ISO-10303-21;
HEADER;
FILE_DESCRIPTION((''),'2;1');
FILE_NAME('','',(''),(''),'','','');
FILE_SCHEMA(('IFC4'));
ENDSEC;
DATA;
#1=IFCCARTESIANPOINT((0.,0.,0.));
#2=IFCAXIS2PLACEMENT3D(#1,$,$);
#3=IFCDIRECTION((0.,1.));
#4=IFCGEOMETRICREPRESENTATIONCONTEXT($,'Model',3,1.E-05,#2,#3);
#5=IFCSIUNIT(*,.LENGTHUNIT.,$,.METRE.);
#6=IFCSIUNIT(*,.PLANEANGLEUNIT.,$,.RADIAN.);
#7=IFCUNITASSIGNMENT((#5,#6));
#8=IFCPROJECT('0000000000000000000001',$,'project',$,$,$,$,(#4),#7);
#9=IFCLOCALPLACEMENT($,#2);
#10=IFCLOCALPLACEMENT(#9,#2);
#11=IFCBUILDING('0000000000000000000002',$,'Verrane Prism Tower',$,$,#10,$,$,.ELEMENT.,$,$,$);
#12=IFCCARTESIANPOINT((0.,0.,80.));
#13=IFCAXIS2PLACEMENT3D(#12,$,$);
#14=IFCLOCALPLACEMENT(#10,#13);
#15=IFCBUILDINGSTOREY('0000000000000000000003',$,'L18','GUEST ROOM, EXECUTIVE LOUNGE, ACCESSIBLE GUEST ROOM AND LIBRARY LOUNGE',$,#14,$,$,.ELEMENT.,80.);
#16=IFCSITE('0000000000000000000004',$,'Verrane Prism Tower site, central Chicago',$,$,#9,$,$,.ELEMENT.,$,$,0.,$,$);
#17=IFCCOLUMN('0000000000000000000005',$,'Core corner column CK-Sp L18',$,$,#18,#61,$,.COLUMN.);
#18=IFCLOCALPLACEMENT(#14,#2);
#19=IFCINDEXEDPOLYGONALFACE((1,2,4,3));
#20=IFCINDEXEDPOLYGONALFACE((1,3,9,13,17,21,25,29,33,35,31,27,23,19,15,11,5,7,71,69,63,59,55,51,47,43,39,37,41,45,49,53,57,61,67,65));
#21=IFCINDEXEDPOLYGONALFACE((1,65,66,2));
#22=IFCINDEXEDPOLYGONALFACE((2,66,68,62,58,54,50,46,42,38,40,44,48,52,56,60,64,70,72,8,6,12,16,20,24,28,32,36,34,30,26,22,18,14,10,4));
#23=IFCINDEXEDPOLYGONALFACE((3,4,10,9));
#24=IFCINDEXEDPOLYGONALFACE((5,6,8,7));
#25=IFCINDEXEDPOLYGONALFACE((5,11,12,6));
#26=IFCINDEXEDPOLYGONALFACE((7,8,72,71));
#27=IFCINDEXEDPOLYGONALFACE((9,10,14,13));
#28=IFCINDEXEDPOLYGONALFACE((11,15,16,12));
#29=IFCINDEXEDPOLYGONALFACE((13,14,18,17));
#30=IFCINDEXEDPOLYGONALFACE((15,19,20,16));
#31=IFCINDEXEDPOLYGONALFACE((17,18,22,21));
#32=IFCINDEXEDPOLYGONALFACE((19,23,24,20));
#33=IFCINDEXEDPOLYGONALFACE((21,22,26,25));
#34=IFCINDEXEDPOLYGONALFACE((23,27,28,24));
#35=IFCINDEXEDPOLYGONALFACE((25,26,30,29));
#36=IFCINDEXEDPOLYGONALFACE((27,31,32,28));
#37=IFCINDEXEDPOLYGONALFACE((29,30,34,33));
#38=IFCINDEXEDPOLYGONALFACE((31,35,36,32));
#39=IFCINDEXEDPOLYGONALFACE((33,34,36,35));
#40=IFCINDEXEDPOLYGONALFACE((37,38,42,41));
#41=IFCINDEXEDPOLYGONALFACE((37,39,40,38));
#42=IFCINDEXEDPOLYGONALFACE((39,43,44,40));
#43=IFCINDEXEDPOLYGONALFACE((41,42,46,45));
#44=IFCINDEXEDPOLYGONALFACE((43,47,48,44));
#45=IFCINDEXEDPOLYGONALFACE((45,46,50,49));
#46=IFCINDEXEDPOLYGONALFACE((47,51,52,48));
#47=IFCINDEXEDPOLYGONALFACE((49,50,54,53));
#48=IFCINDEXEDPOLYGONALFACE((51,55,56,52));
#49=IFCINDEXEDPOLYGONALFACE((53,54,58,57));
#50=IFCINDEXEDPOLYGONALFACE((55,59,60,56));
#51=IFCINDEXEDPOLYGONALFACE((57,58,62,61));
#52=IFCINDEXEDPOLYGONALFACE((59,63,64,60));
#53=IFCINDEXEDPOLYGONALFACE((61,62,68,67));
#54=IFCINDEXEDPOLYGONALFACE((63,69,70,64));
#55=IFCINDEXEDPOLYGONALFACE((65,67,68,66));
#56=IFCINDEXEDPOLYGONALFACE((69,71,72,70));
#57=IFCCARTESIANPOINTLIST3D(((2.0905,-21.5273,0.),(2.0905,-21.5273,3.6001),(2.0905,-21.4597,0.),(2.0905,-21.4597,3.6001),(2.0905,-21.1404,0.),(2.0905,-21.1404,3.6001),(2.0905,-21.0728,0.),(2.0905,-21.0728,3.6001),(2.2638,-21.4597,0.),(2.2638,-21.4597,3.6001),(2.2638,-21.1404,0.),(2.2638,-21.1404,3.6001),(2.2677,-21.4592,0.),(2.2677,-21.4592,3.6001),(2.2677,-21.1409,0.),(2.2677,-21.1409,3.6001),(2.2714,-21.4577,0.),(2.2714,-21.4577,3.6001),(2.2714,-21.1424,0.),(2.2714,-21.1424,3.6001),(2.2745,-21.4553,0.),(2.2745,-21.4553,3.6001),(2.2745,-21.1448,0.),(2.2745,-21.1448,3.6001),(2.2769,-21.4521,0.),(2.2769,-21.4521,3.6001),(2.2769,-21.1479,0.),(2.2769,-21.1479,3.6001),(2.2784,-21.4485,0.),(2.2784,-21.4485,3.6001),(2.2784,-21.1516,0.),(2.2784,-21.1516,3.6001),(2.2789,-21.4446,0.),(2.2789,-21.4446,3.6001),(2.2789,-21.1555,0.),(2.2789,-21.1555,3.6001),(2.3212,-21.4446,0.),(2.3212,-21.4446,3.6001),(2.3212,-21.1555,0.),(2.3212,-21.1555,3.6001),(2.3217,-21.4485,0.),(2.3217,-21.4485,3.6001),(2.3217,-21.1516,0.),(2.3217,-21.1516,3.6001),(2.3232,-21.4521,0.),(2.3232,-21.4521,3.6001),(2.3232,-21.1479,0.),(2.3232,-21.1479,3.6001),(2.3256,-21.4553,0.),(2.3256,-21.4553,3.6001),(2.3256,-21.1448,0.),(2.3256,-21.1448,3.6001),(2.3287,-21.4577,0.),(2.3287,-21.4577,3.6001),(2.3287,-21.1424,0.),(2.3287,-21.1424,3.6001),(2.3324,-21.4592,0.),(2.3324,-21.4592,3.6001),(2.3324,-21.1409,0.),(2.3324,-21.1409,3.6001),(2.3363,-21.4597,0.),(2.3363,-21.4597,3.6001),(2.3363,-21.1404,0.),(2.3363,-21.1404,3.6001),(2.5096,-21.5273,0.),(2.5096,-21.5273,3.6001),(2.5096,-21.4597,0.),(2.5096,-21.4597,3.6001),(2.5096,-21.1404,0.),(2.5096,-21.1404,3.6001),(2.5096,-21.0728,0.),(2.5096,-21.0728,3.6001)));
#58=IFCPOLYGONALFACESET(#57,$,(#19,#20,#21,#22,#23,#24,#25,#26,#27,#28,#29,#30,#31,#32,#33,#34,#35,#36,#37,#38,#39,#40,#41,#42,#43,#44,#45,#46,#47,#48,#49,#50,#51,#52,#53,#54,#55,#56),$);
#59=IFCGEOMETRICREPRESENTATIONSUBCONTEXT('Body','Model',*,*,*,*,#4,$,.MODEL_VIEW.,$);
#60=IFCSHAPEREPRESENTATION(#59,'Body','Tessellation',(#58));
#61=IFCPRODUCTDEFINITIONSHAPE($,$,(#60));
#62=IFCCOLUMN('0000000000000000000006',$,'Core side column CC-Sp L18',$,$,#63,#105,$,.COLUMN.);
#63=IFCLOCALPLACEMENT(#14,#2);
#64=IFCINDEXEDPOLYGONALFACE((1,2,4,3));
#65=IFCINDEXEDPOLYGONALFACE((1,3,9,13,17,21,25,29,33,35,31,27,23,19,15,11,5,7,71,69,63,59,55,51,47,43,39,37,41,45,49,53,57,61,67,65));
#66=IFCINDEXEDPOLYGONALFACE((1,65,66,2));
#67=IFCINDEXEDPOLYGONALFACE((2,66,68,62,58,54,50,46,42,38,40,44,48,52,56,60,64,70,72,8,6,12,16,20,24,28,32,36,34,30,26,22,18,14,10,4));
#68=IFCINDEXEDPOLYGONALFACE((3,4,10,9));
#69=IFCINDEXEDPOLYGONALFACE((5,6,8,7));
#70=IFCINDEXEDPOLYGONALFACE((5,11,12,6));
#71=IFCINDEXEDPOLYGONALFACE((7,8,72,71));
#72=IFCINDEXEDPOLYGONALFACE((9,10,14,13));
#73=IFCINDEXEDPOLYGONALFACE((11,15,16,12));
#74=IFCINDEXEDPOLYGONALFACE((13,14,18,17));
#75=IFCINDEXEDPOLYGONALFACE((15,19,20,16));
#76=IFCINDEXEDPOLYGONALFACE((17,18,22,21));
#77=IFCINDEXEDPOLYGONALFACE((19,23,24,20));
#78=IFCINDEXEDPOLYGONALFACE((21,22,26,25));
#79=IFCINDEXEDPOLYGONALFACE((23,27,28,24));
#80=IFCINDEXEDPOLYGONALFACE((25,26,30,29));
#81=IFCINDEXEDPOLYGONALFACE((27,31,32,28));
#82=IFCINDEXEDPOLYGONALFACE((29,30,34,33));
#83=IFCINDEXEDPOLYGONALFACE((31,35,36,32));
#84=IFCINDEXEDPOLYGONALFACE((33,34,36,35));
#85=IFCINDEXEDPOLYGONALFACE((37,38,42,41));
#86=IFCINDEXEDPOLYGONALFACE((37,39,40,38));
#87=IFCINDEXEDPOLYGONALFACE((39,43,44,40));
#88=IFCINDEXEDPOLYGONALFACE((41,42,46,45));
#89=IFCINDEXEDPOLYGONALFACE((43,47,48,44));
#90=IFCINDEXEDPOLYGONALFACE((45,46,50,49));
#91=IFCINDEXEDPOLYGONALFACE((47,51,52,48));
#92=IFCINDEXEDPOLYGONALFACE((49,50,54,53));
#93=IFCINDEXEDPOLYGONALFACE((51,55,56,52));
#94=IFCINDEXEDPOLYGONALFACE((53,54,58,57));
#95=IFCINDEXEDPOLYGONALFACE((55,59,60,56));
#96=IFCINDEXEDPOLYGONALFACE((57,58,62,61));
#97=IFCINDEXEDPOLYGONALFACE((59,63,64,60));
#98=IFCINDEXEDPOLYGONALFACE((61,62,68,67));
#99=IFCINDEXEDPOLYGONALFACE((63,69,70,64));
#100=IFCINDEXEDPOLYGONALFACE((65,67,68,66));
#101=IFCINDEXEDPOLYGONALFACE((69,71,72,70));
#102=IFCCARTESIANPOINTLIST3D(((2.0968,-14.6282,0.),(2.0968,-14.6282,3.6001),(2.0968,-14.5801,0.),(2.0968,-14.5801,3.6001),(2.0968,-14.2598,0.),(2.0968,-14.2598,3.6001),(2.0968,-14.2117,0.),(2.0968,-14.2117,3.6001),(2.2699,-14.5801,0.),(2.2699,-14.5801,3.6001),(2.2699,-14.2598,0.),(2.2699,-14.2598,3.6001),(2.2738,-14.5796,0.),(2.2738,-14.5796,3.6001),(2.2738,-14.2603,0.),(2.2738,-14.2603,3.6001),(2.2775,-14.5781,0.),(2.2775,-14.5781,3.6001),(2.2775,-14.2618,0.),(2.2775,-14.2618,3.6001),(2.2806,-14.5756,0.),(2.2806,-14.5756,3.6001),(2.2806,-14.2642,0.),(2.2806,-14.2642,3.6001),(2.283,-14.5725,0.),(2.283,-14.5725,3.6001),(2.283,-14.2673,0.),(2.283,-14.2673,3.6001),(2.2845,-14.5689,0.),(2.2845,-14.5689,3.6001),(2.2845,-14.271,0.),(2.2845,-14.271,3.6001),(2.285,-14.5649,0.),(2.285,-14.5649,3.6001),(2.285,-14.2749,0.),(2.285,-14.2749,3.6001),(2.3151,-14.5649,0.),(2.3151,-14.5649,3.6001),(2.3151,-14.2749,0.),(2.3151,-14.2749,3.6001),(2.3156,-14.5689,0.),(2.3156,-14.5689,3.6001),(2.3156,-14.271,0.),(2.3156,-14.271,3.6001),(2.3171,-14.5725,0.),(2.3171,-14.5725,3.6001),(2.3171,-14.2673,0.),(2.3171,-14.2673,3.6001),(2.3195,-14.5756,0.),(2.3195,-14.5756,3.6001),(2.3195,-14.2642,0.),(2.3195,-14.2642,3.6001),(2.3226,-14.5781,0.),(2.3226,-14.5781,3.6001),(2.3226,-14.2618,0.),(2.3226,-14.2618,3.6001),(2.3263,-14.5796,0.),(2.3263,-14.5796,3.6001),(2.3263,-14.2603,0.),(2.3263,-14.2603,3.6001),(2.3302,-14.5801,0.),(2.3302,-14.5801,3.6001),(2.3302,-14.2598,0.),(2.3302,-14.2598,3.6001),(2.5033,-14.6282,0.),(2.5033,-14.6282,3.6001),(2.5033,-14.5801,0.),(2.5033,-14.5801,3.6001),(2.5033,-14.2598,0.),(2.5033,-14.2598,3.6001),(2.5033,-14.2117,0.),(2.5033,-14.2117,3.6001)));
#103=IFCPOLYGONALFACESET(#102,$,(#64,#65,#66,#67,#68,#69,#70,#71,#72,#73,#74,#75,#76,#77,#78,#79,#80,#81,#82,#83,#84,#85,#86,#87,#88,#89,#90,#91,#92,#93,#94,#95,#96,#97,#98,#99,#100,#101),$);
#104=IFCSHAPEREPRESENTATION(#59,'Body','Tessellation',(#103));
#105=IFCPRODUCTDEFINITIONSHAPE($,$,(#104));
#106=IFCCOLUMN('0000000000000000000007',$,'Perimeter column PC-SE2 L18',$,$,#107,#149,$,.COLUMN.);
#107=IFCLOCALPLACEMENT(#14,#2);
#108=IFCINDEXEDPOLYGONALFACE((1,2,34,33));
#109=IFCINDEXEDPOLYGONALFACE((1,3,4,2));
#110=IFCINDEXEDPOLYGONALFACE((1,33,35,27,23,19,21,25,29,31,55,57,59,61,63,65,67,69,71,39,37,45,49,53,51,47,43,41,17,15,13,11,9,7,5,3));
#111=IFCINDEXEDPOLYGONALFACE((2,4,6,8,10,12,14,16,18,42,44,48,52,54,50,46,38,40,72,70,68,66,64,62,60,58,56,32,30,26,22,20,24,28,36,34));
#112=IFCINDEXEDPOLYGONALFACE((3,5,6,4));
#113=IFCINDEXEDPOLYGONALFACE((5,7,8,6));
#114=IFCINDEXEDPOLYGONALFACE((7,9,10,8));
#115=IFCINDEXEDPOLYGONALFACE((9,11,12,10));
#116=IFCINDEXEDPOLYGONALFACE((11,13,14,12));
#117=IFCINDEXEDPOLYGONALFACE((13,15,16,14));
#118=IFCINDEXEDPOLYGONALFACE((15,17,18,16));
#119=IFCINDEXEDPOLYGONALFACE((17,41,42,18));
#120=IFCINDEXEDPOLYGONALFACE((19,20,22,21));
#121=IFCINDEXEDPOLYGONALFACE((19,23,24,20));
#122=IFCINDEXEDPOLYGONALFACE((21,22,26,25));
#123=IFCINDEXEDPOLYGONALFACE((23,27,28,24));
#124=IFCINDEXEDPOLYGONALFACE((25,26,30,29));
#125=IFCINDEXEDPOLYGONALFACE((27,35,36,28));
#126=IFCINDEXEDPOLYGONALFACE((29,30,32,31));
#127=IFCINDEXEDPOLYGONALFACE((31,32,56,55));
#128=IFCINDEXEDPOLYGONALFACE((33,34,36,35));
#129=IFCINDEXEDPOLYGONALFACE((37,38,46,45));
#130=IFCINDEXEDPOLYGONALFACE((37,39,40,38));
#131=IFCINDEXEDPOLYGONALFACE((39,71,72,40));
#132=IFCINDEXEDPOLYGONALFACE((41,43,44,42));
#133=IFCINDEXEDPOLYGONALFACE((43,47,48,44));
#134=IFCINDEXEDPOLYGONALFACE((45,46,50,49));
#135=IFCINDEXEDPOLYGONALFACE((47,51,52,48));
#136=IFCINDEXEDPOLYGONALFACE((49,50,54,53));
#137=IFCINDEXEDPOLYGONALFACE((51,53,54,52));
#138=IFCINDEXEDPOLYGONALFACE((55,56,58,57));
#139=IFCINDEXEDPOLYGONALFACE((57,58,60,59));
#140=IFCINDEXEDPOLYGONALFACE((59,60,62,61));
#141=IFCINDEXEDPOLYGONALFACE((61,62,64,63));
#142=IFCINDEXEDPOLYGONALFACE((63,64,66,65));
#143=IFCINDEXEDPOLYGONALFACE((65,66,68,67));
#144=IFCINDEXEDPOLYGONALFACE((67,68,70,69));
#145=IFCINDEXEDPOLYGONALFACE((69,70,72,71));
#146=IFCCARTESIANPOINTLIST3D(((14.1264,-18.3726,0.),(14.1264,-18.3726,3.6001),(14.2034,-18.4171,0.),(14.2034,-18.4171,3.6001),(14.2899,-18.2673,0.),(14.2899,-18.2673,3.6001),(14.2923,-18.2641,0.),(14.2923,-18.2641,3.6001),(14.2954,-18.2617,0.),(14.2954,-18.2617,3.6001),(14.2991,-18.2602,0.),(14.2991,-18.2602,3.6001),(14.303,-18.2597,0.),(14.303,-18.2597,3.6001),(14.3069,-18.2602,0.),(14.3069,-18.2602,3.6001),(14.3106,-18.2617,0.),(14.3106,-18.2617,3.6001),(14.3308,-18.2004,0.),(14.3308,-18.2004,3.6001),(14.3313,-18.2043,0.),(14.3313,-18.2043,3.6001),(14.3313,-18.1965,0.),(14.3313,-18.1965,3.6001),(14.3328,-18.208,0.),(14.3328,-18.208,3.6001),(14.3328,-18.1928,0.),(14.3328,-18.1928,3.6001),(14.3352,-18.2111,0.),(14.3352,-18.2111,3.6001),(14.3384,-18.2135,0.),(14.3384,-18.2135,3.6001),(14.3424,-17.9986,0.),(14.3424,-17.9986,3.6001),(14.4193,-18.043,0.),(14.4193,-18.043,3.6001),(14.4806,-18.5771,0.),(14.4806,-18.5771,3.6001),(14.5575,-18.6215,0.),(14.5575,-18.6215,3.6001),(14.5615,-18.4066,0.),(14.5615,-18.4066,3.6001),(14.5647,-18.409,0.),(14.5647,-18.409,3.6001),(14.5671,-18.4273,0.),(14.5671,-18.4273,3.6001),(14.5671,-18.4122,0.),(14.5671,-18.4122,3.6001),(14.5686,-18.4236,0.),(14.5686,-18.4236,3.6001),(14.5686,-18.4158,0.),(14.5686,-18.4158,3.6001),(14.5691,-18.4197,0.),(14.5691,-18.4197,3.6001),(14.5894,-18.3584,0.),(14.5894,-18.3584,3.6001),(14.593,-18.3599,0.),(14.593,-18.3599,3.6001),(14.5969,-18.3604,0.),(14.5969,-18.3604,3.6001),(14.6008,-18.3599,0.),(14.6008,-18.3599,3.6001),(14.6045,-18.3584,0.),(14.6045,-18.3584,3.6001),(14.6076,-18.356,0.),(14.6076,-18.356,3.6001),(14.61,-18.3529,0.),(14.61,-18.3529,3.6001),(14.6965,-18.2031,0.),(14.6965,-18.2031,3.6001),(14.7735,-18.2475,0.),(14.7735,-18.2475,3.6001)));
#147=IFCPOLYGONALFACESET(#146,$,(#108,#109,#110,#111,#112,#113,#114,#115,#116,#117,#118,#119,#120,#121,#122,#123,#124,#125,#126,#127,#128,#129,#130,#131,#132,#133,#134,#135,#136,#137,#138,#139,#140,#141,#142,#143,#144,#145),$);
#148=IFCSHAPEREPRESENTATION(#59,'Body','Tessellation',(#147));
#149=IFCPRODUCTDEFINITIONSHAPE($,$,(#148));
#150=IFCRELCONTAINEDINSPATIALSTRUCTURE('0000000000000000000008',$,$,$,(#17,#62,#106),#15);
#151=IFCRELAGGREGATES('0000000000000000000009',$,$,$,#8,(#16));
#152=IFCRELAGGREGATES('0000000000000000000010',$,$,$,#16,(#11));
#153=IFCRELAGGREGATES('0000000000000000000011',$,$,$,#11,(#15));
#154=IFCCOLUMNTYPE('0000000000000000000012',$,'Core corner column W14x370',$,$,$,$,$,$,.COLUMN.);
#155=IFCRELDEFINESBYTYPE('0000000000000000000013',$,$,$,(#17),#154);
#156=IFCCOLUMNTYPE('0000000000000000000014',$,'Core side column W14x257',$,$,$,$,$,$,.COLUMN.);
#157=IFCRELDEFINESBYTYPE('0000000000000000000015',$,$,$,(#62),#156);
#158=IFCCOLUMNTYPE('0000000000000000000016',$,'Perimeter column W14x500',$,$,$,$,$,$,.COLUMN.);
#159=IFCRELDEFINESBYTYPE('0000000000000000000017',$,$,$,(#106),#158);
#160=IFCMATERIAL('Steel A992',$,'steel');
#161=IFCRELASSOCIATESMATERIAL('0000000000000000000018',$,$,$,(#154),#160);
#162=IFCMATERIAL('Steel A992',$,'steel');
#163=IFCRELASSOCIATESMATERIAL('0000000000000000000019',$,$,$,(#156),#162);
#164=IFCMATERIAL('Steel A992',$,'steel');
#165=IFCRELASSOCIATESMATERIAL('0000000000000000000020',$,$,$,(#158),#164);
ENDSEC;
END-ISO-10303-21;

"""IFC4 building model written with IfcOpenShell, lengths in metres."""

from ifc_helpers import new_model, si_unit, direction, frame, origin, origin_2d, place, context, subcontext, project, spatial, i_section, extrude, material, material_profile, profile_set, type_object, element, save


model = new_model("IFC4")

# Units and contexts
model_context = context("Model", 3, precision=1e-05, world=origin(), true_north=direction((0.0, 1.0)))
body_context = subcontext(model_context, "Body", "Model", "MODEL_VIEW")
ifc_project = project(units=[si_unit("LENGTHUNIT", "METRE"), si_unit("PLANEANGLEUNIT", "RADIAN")], contexts=[model_context])

# Site, building, storey
site_placement = place(None, origin())
site = spatial("IfcSite", under=ifc_project, at=site_placement, Name="Verrane Prism Tower site, central Chicago", CompositionType="ELEMENT", RefElevation=0.0)
building_placement = place(site_placement, origin())
building = spatial("IfcBuilding", under=site, at=building_placement, Name="Verrane Prism Tower", CompositionType="ELEMENT")
storey_placement = place(building_placement, frame((0.0, 0.0, 80.0)))
storey = spatial("IfcBuildingStorey", under=building, at=storey_placement, Name="L18", Description="GUEST ROOM, EXECUTIVE LOUNGE, ACCESSIBLE GUEST ROOM AND LIBRARY LOUNGE", CompositionType="ELEMENT", Elevation=80.0)

# Columns
ifc_material_1 = material(Name="Steel A992", Category="steel")
ifc_material_profile_1 = material_profile(ifc_material_1, i_section(OverallWidth=0.4192, OverallDepth=0.4546, WebThickness=0.0422, FlangeThickness=0.0676, FilletRadius=0.0151, at=origin_2d()), Name="W14x370")
ifc_profile_set_1 = profile_set([ifc_material_profile_1], Name="Steel A992")
column_type_1 = type_object("IfcColumnType", Name="Core corner column W14x370", PredefinedType="COLUMN", material=ifc_profile_set_1)
column_1_placement = place(storey_placement, frame((2.3, -21.3, 0.0), z_axis=(0.0, 0.0, 1.0), x_axis=(-1.0, 0.0, 0.0)))
element("IfcColumn", 1, at=column_1_placement, inside=storey, type_object=column_type_1, Name="Core corner column CK-Sp L18", PredefinedType="COLUMN", context=body_context, shape_type="SweptSolid", body=[
    extrude(i_section(OverallWidth=0.4192, OverallDepth=0.4546, WebThickness=0.0422, FlangeThickness=0.0676, FilletRadius=0.0151, at=origin_2d()), origin(), (0.0, 0.0, 1.0), 3.6001),
])
ifc_material_2 = material(Name="Steel A992", Category="steel")
ifc_material_profile_2 = material_profile(ifc_material_2, i_section(OverallWidth=0.4065, OverallDepth=0.4165, WebThickness=0.03, FlangeThickness=0.0481, FilletRadius=0.0151, at=origin_2d()), Name="W14x257")
ifc_profile_set_2 = profile_set([ifc_material_profile_2], Name="Steel A992")
column_type_2 = type_object("IfcColumnType", Name="Core side column W14x257", PredefinedType="COLUMN", material=ifc_profile_set_2)
column_2_placement = place(storey_placement, frame((2.3, -14.4199, 0.0), z_axis=(0.0, 0.0, 1.0), x_axis=(1.0, 0.0, 0.0)))
element("IfcColumn", 2, at=column_2_placement, inside=storey, type_object=column_type_2, Name="Core side column CC-Sp L18", PredefinedType="COLUMN", context=body_context, shape_type="SweptSolid", body=[
    extrude(i_section(OverallWidth=0.4065, OverallDepth=0.4165, WebThickness=0.03, FlangeThickness=0.0481, FilletRadius=0.0151, at=origin_2d()), origin(), (0.0, 0.0, 1.0), 3.6001),
])
ifc_material_3 = material(Name="Steel A992", Category="steel")
ifc_material_profile_3 = material_profile(ifc_material_3, i_section(OverallWidth=0.4319, OverallDepth=0.4978, WebThickness=0.0557, FlangeThickness=0.0889, FilletRadius=0.0151, at=origin_2d()), Name="W14x500")
ifc_profile_set_3 = profile_set([ifc_material_profile_3], Name="Steel A992")
column_type_3 = type_object("IfcColumnType", Name="Perimeter column W14x500", PredefinedType="COLUMN", material=ifc_profile_set_3)
column_3_placement = place(storey_placement, frame((14.45, -18.3101, 0.0), z_axis=(0.0, 0.0, 1.0), x_axis=(-0.5, -0.866025, 0.0)))
element("IfcColumn", 3, at=column_3_placement, inside=storey, type_object=column_type_3, Name="Perimeter column PC-SE2 L18", PredefinedType="COLUMN", context=body_context, shape_type="SweptSolid", body=[
    extrude(i_section(OverallWidth=0.4319, OverallDepth=0.4978, WebThickness=0.0557, FlangeThickness=0.0889, FilletRadius=0.0151, at=origin_2d()), origin(), (0.0, 0.0, 1.0), 3.6001),
])

save(model, "model.ifc")
